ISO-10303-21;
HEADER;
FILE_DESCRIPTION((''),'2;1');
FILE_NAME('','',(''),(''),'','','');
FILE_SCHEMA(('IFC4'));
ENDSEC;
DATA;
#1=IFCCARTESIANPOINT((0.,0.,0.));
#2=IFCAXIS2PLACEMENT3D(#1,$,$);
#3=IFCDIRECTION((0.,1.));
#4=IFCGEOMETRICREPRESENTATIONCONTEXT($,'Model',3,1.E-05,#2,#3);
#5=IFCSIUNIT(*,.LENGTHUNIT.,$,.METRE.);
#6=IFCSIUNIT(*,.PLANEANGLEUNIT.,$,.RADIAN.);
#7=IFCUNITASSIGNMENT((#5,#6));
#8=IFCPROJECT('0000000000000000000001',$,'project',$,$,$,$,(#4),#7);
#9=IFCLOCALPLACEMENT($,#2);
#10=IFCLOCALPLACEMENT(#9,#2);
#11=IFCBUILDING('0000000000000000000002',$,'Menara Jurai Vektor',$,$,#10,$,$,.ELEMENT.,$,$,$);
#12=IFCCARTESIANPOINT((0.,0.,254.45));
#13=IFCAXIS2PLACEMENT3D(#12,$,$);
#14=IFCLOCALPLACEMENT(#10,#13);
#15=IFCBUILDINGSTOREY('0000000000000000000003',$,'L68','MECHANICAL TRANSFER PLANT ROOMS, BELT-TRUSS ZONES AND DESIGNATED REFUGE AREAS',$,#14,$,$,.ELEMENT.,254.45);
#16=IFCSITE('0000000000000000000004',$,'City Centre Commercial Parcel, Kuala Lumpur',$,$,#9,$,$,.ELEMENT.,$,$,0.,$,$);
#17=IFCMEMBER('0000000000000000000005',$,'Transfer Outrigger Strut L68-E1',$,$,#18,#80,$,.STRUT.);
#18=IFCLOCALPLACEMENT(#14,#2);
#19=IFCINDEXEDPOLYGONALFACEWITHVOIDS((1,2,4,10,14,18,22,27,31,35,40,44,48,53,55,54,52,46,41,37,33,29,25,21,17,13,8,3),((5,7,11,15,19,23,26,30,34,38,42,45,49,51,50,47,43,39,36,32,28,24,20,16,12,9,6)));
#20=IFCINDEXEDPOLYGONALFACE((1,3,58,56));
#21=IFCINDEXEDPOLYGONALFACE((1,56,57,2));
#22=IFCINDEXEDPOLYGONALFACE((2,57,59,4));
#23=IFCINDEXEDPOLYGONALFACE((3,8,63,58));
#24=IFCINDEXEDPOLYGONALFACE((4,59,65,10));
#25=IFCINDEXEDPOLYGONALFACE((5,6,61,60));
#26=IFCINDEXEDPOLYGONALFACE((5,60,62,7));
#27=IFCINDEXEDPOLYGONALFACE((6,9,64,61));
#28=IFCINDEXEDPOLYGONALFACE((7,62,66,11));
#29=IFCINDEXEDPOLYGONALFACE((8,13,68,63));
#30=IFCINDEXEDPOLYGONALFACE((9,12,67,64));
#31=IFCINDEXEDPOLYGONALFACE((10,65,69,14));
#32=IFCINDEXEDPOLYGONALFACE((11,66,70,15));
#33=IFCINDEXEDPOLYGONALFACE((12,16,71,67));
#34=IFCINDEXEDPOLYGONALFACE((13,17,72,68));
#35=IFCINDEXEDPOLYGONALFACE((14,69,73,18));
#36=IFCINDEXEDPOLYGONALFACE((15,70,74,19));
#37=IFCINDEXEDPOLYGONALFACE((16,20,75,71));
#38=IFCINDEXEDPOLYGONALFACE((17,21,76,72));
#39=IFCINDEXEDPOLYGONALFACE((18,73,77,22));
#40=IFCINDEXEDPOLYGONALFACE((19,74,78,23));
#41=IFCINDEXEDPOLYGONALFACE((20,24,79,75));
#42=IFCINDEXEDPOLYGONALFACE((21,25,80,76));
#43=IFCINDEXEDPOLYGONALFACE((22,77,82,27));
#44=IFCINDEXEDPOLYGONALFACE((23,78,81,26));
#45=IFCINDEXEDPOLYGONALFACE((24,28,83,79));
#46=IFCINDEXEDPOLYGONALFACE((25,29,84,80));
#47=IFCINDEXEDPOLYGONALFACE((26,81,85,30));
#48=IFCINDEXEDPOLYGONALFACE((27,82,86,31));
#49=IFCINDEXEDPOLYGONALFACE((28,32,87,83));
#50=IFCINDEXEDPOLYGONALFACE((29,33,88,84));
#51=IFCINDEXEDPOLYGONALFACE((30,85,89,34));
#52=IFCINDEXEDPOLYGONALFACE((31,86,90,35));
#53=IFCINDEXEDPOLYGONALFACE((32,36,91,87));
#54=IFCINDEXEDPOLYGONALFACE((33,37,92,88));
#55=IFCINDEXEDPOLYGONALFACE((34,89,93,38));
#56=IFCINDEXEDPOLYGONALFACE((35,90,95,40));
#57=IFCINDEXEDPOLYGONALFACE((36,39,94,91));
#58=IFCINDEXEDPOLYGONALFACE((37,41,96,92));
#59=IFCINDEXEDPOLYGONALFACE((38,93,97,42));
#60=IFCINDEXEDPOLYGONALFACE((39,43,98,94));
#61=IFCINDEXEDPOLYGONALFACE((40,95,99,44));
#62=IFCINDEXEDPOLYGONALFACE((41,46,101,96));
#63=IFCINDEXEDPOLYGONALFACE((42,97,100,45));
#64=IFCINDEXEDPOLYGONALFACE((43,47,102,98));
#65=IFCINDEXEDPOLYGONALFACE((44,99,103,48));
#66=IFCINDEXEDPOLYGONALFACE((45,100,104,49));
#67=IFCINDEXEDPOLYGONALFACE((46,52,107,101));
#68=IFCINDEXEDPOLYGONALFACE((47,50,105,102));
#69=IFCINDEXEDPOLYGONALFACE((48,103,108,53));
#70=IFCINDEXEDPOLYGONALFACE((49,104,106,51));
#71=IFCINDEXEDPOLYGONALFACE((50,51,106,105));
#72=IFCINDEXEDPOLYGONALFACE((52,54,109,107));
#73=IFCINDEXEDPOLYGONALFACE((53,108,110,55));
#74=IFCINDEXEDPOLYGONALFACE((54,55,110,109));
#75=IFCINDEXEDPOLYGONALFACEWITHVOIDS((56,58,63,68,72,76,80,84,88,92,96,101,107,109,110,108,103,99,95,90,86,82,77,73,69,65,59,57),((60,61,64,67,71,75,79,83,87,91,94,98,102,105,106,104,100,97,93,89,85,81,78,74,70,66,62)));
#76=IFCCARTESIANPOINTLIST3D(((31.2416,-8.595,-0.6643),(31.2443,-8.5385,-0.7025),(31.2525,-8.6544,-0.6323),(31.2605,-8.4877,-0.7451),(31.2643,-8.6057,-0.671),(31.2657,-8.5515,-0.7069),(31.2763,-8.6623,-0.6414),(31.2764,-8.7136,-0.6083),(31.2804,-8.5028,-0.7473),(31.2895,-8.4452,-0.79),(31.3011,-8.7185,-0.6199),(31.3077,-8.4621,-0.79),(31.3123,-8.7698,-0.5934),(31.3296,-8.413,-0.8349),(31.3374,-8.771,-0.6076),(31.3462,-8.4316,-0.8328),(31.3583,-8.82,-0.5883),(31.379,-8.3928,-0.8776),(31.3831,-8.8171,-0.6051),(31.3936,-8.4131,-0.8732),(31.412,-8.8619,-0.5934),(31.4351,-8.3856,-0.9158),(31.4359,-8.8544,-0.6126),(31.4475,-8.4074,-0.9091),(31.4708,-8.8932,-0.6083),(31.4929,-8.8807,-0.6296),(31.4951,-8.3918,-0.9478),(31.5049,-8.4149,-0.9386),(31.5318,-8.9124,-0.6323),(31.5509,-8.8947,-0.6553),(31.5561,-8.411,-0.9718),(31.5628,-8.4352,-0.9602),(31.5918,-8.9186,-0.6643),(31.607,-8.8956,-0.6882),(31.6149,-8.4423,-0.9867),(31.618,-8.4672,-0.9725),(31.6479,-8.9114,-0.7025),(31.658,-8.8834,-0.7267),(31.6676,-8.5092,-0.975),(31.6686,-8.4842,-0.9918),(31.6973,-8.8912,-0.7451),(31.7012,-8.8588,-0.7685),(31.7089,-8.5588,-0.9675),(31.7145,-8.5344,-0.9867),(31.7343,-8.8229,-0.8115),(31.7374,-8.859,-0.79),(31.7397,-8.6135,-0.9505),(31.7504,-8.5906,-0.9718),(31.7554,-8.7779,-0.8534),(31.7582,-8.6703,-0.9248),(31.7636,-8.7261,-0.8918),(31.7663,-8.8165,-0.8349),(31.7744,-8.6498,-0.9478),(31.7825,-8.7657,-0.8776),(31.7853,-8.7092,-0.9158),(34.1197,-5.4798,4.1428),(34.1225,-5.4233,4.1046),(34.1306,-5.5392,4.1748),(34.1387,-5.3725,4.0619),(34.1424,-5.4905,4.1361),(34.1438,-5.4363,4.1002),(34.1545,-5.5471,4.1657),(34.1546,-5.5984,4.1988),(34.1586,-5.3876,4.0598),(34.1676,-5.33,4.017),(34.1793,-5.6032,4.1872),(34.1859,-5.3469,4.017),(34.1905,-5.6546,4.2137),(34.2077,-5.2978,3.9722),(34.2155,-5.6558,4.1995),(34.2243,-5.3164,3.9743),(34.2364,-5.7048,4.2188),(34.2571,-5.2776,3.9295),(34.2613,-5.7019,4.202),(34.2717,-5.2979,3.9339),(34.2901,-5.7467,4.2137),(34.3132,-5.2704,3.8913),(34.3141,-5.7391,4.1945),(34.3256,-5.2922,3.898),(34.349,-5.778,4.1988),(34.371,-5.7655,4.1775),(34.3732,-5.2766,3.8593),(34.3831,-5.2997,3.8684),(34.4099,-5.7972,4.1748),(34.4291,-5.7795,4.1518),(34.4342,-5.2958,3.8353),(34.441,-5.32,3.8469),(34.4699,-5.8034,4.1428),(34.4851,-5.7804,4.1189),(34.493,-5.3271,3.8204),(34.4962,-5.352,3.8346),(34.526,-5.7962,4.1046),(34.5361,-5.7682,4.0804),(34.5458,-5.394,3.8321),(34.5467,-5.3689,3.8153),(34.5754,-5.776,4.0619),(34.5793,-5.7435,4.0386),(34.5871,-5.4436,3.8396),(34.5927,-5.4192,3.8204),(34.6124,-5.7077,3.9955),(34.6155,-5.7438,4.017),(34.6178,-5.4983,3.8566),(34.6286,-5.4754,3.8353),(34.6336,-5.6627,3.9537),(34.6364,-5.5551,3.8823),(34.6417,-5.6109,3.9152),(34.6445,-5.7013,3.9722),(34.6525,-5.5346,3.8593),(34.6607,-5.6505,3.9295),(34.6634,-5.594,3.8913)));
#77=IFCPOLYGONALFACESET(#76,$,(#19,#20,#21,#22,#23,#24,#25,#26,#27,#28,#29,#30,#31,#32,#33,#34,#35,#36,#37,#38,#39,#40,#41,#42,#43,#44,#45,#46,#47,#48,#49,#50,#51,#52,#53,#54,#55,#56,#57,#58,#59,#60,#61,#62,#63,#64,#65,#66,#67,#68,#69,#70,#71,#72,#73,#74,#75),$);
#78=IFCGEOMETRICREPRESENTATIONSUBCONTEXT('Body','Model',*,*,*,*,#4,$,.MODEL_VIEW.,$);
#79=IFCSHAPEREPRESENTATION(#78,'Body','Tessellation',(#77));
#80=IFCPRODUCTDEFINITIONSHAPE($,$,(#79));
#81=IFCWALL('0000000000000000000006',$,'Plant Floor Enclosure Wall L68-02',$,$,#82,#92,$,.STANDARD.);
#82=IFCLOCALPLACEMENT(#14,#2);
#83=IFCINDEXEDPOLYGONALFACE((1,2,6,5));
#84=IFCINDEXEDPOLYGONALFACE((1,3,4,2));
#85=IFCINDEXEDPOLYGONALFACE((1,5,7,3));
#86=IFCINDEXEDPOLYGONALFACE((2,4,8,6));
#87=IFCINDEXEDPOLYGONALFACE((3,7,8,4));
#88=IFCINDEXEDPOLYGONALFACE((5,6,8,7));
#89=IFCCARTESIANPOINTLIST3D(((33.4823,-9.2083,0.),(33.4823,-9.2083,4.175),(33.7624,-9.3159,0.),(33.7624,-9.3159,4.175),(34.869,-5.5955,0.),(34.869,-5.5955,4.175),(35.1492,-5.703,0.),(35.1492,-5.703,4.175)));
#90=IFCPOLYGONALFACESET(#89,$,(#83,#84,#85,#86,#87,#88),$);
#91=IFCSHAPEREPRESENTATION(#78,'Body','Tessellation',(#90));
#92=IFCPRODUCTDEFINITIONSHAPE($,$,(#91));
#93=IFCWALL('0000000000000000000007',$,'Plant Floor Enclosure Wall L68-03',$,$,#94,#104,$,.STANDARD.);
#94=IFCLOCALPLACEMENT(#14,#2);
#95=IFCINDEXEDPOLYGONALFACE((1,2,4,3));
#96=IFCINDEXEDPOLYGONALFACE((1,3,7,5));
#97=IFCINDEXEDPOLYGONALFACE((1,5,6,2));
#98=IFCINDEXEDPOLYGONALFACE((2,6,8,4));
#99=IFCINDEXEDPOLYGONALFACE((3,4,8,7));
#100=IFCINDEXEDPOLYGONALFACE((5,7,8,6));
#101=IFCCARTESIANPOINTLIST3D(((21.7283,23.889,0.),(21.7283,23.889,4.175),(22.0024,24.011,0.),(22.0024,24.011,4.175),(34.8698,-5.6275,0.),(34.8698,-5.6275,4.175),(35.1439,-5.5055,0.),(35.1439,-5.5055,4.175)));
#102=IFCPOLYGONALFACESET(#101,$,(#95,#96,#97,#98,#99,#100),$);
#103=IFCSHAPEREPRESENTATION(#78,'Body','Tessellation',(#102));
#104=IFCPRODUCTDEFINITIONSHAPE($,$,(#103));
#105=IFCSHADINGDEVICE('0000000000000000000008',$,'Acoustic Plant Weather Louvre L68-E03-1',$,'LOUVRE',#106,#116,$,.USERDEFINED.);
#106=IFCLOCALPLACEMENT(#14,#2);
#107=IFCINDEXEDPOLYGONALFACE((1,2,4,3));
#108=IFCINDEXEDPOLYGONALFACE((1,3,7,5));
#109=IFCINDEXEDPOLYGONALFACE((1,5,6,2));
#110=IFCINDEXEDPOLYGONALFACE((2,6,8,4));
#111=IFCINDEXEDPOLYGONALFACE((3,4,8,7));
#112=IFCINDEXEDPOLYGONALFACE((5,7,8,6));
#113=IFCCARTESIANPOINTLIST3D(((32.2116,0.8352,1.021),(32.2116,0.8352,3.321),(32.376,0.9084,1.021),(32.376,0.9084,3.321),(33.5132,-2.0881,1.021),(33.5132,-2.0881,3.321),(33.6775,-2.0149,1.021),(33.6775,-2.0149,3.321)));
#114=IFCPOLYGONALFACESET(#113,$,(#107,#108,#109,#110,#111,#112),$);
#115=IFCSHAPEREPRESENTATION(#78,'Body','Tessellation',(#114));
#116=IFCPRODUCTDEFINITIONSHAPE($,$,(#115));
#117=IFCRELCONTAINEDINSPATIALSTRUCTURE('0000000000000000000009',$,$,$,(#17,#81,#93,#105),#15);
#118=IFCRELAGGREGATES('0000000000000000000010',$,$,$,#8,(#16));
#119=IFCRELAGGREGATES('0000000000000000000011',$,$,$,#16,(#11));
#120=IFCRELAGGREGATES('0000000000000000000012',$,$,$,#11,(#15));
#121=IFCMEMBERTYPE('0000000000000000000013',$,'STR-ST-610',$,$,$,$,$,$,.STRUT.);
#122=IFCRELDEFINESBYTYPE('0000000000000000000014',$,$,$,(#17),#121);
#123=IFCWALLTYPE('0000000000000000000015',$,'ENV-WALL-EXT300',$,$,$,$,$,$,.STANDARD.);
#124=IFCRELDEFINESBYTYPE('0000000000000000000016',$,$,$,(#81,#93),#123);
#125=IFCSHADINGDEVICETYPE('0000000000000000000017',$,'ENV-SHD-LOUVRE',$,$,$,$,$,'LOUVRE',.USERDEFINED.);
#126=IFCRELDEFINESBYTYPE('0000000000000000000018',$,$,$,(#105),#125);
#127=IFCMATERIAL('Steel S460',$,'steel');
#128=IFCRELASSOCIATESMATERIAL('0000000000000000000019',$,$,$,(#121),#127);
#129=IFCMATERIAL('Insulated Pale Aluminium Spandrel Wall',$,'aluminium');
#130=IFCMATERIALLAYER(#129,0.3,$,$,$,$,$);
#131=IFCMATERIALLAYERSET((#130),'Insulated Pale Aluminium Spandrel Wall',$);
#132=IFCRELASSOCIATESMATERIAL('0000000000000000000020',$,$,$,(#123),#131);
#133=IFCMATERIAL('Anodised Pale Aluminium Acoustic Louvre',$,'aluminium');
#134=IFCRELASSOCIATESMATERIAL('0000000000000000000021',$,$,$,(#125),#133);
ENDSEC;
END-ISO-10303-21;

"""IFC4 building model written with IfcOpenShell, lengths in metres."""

from ifc_helpers import new_model, si_unit, direction, frame, frame_2d, origin, origin_2d, place, context, subcontext, project, spatial, rectangle, hollow_circle, extrude, material, layer, layer_set, material_profile, profile_set, type_object, element, save


model = new_model("IFC4")

# Units and contexts
model_context = context("Model", 3, precision=1e-05, world=origin(), true_north=direction((0.0, 1.0)))
body_context = subcontext(model_context, "Body", "Model", "MODEL_VIEW")
ifc_project = project(units=[si_unit("LENGTHUNIT", "METRE"), si_unit("PLANEANGLEUNIT", "RADIAN")], contexts=[model_context])

# Site, building, storey
site_placement = place(None, origin())
site = spatial("IfcSite", under=ifc_project, at=site_placement, Name="City Centre Commercial Parcel, Kuala Lumpur", CompositionType="ELEMENT", RefElevation=0.0)
building_placement = place(site_placement, origin())
building = spatial("IfcBuilding", under=site, at=building_placement, Name="Menara Jurai Vektor", CompositionType="ELEMENT")
storey_placement = place(building_placement, frame((0.0, 0.0, 254.45)))
storey = spatial("IfcBuildingStorey", under=building, at=storey_placement, Name="L68", Description="MECHANICAL TRANSFER PLANT ROOMS, BELT-TRUSS ZONES AND DESIGNATED REFUGE AREAS", CompositionType="ELEMENT", Elevation=254.45)

# Shared definitions
ifc_material_1 = material(Name="Steel S460", Category="steel")

# Member
ifc_material_profile_1 = material_profile(ifc_material_1, hollow_circle(Radius=0.3049, WallThickness=0.0249, at=origin_2d()), Name="CHS 610x25")
ifc_profile_set_1 = profile_set([ifc_material_profile_1], Name="Steel S460")
member_type_1 = type_object("IfcMemberType", Name="STR-ST-610", PredefinedType="STRUT", material=ifc_profile_set_1)
member_1_placement = place(storey_placement, frame((31.5134, -8.6521, -0.79), z_axis=(0.448964, 0.485943, 0.74986), x_axis=(-0.734501, 0.678608, 0.0)))
element("IfcMember", 1, at=member_1_placement, inside=storey, type_object=member_type_1, Name="Transfer Outrigger Strut L68-E1", PredefinedType="STRUT", context=body_context, shape_type="SweptSolid", body=[
    extrude(hollow_circle(Radius=0.3049, WallThickness=0.0249, at=origin_2d()), origin(), (0.0, 0.0, 1.0), 6.4106),
])

# Walls
ifc_material_2 = material(Name="Insulated Pale Aluminium Spandrel Wall", Category="aluminium")
ifc_layer = layer(ifc_material_2, 0.3)
ifc_layer_set = layer_set([ifc_layer], Name="Insulated Pale Aluminium Spandrel Wall")
wall_type = type_object("IfcWallType", Name="ENV-WALL-EXT300", PredefinedType="STANDARD", material=ifc_layer_set)
wall_1_placement = place(storey_placement, frame((33.6223, -9.2622, 0.0), z_axis=(0.0, 0.0, 1.0), x_axis=(0.358345, 0.933589, 0.0)))
element("IfcWall", 2, at=wall_1_placement, inside=storey, type_object=wall_type, Name="Plant Floor Enclosure Wall L68-02", PredefinedType="STANDARD", context=body_context, shape_type="SweptSolid", body=[
    extrude(rectangle(XDim=3.8699, YDim=0.3, at=frame_2d((1.9351, 0.0))), origin(), (0.0, 0.0, 1.0), 4.175),
])
wall_2_placement = place(storey_placement, frame((35.0068, -5.5664, 0.0), z_axis=(0.0, 0.0, 1.0), x_axis=(-0.406736, 0.913546, 0.0)))
element("IfcWall", 3, at=wall_2_placement, inside=storey, type_object=wall_type, Name="Plant Floor Enclosure Wall L68-03", PredefinedType="STANDARD", context=body_context, shape_type="SweptSolid", body=[
    extrude(rectangle(XDim=32.3098, YDim=0.3, at=frame_2d((16.1548, 0.0))), origin(), (0.0, 0.0, 1.0), 4.175),
])

# Shading device
ifc_material_3 = material(Name="Anodised Pale Aluminium Acoustic Louvre", Category="aluminium")
shading_device_type = type_object("IfcShadingDeviceType", Name="ENV-SHD-LOUVRE", ElementType="LOUVRE", PredefinedType="USERDEFINED", material=ifc_material_3)
shading_device_placement = place(storey_placement, frame((32.9446, -0.5898, 1.021), z_axis=(0.0, 0.0, 1.0), x_axis=(-0.406737, 0.913545, 0.0)))
element("IfcShadingDevice", 4, at=shading_device_placement, inside=storey, type_object=shading_device_type, Name="Acoustic Plant Weather Louvre L68-E03-1", ObjectType="LOUVRE", PredefinedType="USERDEFINED", context=body_context, shape_type="SweptSolid", body=[
    extrude(rectangle(XDim=3.2, YDim=0.1799, at=origin_2d()), origin(), (0.0, 0.0, 1.0), 2.3),
])

save(model, "model.ifc")
